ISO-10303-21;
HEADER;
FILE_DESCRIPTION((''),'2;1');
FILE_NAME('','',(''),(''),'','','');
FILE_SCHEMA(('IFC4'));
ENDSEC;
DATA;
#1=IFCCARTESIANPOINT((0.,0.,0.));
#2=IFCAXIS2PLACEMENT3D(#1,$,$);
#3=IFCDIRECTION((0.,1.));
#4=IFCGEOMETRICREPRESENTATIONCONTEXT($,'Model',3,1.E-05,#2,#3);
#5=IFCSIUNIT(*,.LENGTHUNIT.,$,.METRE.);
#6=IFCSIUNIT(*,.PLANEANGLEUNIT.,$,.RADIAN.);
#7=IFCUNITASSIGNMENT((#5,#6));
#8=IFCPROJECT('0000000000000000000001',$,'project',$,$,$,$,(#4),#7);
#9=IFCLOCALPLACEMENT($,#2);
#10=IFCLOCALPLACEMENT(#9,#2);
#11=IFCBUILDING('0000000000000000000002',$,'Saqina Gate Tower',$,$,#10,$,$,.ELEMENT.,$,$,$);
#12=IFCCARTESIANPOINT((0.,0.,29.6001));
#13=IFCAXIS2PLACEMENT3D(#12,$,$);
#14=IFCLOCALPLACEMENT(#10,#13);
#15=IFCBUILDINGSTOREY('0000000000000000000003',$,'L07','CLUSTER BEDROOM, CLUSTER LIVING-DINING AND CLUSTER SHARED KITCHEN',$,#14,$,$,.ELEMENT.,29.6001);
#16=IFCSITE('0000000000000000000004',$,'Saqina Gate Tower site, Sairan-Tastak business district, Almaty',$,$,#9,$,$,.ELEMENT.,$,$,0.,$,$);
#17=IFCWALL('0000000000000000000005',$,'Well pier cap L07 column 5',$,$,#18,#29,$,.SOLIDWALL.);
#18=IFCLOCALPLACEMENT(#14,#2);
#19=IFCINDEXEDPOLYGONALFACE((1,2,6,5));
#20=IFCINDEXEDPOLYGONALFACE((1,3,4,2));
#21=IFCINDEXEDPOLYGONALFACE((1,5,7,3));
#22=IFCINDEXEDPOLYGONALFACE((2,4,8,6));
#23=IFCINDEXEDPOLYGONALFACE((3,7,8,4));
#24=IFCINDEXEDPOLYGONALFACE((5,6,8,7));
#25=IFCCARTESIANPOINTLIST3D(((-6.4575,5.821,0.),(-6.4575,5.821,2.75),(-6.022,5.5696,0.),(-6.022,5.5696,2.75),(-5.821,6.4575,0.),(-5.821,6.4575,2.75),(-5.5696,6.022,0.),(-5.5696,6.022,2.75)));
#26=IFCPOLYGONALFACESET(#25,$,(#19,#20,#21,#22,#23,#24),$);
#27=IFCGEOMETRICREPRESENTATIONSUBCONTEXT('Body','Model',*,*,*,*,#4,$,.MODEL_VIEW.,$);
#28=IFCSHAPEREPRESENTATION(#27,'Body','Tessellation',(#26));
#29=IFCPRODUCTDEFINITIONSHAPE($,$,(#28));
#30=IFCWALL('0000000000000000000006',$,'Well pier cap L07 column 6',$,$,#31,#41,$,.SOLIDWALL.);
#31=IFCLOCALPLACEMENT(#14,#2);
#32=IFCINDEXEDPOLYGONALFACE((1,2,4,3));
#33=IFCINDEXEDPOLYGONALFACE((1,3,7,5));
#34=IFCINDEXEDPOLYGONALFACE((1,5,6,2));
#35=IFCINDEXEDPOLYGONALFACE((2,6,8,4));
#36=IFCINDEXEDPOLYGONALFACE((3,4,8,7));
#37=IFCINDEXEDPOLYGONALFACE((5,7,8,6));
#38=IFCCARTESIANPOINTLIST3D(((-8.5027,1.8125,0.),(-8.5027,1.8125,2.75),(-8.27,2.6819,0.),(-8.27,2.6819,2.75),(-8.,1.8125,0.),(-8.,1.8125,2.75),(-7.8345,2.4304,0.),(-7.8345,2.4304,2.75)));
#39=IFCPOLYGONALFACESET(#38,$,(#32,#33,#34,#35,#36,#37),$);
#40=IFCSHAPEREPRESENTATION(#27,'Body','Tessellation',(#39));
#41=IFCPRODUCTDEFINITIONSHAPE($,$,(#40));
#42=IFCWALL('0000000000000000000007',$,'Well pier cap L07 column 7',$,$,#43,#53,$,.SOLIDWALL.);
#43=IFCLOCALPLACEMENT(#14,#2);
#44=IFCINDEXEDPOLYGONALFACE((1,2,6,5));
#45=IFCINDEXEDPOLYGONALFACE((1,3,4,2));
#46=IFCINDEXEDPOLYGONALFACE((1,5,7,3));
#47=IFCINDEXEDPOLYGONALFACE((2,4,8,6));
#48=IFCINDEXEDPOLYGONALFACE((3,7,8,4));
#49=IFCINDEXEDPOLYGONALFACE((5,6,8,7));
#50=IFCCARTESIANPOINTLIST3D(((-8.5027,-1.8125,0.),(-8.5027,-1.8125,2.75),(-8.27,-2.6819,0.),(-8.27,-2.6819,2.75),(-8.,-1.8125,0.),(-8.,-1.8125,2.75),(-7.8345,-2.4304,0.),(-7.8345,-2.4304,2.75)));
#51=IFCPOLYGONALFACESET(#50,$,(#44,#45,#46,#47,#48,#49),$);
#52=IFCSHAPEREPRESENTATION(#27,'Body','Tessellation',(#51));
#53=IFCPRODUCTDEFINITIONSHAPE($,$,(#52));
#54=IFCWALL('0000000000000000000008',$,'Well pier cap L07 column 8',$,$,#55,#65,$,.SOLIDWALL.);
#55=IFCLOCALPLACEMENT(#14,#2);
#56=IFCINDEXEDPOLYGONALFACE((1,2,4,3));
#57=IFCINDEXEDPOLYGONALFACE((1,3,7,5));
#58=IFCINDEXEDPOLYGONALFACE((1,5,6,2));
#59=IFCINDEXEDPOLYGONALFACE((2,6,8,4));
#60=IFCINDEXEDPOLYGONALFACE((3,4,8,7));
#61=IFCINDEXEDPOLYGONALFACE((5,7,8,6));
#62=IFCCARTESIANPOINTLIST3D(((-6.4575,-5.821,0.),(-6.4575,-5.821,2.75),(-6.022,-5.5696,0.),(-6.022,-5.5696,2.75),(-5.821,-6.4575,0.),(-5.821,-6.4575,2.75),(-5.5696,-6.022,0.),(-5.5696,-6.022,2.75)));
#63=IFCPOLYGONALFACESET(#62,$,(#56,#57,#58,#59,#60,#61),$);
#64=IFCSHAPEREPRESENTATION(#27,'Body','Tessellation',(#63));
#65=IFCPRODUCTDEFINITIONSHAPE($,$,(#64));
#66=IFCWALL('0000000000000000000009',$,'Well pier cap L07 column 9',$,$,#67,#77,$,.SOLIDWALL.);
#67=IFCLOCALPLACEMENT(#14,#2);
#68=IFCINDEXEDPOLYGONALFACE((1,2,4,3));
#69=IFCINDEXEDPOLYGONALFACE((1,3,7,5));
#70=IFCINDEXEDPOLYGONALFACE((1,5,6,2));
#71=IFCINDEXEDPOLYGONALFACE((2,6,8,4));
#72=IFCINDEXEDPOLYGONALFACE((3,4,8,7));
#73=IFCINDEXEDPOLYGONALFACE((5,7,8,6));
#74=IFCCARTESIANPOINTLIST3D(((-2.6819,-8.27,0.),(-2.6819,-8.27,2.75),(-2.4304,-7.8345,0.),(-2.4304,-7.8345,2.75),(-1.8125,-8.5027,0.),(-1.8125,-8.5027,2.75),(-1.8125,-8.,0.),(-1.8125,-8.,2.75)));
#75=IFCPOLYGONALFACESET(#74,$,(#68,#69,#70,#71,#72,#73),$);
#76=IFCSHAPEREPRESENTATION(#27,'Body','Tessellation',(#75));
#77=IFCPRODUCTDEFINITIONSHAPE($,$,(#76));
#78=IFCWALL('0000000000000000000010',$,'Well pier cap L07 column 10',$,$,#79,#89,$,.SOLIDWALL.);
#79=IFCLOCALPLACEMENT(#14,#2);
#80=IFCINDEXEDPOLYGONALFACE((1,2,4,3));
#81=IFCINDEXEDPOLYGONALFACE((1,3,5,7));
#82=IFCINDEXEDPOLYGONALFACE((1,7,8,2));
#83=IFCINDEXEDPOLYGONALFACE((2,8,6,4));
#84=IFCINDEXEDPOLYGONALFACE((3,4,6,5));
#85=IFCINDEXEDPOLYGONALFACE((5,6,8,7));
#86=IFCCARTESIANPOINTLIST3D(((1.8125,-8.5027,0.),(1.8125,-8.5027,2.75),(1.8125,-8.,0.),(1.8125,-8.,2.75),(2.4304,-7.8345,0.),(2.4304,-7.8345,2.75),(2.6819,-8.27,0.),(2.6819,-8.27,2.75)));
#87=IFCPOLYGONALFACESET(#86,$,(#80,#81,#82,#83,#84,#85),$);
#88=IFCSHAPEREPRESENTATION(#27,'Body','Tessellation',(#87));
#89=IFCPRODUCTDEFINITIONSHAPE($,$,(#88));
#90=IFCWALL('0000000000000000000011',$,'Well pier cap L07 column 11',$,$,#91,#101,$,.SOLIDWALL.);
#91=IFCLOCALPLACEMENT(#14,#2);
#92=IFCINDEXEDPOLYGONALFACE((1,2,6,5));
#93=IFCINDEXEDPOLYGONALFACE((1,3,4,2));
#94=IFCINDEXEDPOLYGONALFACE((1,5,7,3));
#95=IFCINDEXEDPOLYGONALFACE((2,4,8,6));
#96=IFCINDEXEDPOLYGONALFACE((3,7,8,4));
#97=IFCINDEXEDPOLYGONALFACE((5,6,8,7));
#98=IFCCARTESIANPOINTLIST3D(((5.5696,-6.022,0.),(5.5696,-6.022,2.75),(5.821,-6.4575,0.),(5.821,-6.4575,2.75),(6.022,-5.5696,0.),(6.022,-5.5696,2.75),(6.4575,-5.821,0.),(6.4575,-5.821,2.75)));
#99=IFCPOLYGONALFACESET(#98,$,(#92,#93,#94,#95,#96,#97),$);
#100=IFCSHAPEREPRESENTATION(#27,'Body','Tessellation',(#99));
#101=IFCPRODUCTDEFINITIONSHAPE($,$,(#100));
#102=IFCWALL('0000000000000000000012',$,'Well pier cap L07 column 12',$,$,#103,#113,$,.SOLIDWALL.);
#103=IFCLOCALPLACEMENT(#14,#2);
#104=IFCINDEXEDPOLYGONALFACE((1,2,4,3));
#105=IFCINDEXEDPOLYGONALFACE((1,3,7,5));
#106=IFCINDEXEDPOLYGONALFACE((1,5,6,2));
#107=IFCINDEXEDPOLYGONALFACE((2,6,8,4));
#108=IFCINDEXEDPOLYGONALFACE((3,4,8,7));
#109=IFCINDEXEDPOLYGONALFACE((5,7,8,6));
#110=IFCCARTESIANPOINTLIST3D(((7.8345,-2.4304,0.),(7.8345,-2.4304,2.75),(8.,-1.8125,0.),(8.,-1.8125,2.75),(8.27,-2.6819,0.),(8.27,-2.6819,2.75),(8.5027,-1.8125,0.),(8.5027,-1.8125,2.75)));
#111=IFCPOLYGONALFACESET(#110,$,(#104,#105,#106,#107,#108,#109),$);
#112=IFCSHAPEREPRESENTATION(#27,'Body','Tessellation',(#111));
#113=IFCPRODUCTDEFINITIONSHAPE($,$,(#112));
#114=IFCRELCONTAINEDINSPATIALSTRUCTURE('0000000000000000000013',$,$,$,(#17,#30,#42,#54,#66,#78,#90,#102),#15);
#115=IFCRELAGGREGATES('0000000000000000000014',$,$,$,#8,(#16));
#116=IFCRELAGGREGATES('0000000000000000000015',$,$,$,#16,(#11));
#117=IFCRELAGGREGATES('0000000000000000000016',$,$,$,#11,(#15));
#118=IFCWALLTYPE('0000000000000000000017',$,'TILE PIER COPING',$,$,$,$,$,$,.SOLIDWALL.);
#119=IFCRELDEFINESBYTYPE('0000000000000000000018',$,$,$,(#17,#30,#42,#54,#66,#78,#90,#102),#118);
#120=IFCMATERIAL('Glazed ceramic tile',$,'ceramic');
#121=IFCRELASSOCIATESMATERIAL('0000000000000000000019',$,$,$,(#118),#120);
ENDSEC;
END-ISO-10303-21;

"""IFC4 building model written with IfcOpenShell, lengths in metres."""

from ifc_helpers import new_model, si_unit, direction, frame, origin, place, context, subcontext, project, spatial, polyline, outline, extrude, material, type_object, element, save


model = new_model("IFC4")

# Units and contexts
model_context = context("Model", 3, precision=1e-05, world=origin(), true_north=direction((0.0, 1.0)))
body_context = subcontext(model_context, "Body", "Model", "MODEL_VIEW")
ifc_project = project(units=[si_unit("LENGTHUNIT", "METRE"), si_unit("PLANEANGLEUNIT", "RADIAN")], contexts=[model_context])

# Site, building, storey
site_placement = place(None, origin())
site = spatial("IfcSite", under=ifc_project, at=site_placement, Name="Saqina Gate Tower site, Sairan-Tastak business district, Almaty", CompositionType="ELEMENT", RefElevation=0.0)
building_placement = place(site_placement, origin())
building = spatial("IfcBuilding", under=site, at=building_placement, Name="Saqina Gate Tower", CompositionType="ELEMENT")
storey_placement = place(building_placement, frame((0.0, 0.0, 29.6001)))
storey = spatial("IfcBuildingStorey", under=building, at=storey_placement, Name="L07", Description="CLUSTER BEDROOM, CLUSTER LIVING-DINING AND CLUSTER SHARED KITCHEN", CompositionType="ELEMENT", Elevation=29.6001)

# Walls
ifc_material_1 = material(Name="Glazed ceramic tile", Category="ceramic")
wall_type_1 = type_object("IfcWallType", Name="TILE PIER COPING", PredefinedType="SOLIDWALL", material=ifc_material_1)
wall_1_placement = place(storey_placement, origin())
element("IfcWall", 1, at=wall_1_placement, inside=storey, type_object=wall_type_1, Name="Well pier cap L07 column 5", PredefinedType="SOLIDWALL", context=body_context, shape_type="SweptSolid", body=[
    extrude(outline(polyline([(-6.4575, 5.821), (-6.022, 5.5696), (-5.5696, 6.022), (-5.821, 6.4575), (-6.4575, 5.821)])), origin(), (0.0, 0.0, 1.0), 2.75),
])
wall_2_placement = place(storey_placement, origin())
element("IfcWall", 2, at=wall_2_placement, inside=storey, type_object=wall_type_1, Name="Well pier cap L07 column 6", PredefinedType="SOLIDWALL", context=body_context, shape_type="SweptSolid", body=[
    extrude(outline(polyline([(-8.5027, 1.8125), (-8.0, 1.8125), (-7.8345, 2.4304), (-8.27, 2.6819), (-8.5027, 1.8125)])), origin(), (0.0, 0.0, 1.0), 2.75),
])
wall_3_placement = place(storey_placement, origin())
element("IfcWall", 3, at=wall_3_placement, inside=storey, type_object=wall_type_1, Name="Well pier cap L07 column 7", PredefinedType="SOLIDWALL", context=body_context, shape_type="SweptSolid", body=[
    extrude(outline(polyline([(-8.27, -2.6819), (-7.8345, -2.4304), (-8.0, -1.8125), (-8.5027, -1.8125), (-8.27, -2.6819)])), origin(), (0.0, 0.0, 1.0), 2.75),
])
wall_4_placement = place(storey_placement, origin())
element("IfcWall", 4, at=wall_4_placement, inside=storey, type_object=wall_type_1, Name="Well pier cap L07 column 8", PredefinedType="SOLIDWALL", context=body_context, shape_type="SweptSolid", body=[
    extrude(outline(polyline([(-6.4575, -5.821), (-5.821, -6.4575), (-5.5696, -6.022), (-6.022, -5.5696), (-6.4575, -5.821)])), origin(), (0.0, 0.0, 1.0), 2.75),
])
wall_5_placement = place(storey_placement, origin())
element("IfcWall", 5, at=wall_5_placement, inside=storey, type_object=wall_type_1, Name="Well pier cap L07 column 9", PredefinedType="SOLIDWALL", context=body_context, shape_type="SweptSolid", body=[
    extrude(outline(polyline([(-1.8125, -8.5027), (-1.8125, -8.0), (-2.4304, -7.8345), (-2.6819, -8.27), (-1.8125, -8.5027)])), origin(), (0.0, 0.0, 1.0), 2.75),
])
wall_6_placement = place(storey_placement, origin())
element("IfcWall", 6, at=wall_6_placement, inside=storey, type_object=wall_type_1, Name="Well pier cap L07 column 10", PredefinedType="SOLIDWALL", context=body_context, shape_type="SweptSolid", body=[
    extrude(outline(polyline([(2.6819, -8.27), (2.4304, -7.8345), (1.8125, -8.0), (1.8125, -8.5027), (2.6819, -8.27)])), origin(), (0.0, 0.0, 1.0), 2.75),
])
wall_7_placement = place(storey_placement, origin())
element("IfcWall", 7, at=wall_7_placement, inside=storey, type_object=wall_type_1, Name="Well pier cap L07 column 11", PredefinedType="SOLIDWALL", context=body_context, shape_type="SweptSolid", body=[
    extrude(outline(polyline([(5.821, -6.4575), (6.4575, -5.821), (6.022, -5.5696), (5.5696, -6.022), (5.821, -6.4575)])), origin(), (0.0, 0.0, 1.0), 2.75),
])
wall_8_placement = place(storey_placement, origin())
element("IfcWall", 8, at=wall_8_placement, inside=storey, type_object=wall_type_1, Name="Well pier cap L07 column 12", PredefinedType="SOLIDWALL", context=body_context, shape_type="SweptSolid", body=[
    extrude(outline(polyline([(8.5027, -1.8125), (8.0, -1.8125), (7.8345, -2.4304), (8.27, -2.6819), (8.5027, -1.8125)])), origin(), (0.0, 0.0, 1.0), 2.75),
])

save(model, "model.ifc")
